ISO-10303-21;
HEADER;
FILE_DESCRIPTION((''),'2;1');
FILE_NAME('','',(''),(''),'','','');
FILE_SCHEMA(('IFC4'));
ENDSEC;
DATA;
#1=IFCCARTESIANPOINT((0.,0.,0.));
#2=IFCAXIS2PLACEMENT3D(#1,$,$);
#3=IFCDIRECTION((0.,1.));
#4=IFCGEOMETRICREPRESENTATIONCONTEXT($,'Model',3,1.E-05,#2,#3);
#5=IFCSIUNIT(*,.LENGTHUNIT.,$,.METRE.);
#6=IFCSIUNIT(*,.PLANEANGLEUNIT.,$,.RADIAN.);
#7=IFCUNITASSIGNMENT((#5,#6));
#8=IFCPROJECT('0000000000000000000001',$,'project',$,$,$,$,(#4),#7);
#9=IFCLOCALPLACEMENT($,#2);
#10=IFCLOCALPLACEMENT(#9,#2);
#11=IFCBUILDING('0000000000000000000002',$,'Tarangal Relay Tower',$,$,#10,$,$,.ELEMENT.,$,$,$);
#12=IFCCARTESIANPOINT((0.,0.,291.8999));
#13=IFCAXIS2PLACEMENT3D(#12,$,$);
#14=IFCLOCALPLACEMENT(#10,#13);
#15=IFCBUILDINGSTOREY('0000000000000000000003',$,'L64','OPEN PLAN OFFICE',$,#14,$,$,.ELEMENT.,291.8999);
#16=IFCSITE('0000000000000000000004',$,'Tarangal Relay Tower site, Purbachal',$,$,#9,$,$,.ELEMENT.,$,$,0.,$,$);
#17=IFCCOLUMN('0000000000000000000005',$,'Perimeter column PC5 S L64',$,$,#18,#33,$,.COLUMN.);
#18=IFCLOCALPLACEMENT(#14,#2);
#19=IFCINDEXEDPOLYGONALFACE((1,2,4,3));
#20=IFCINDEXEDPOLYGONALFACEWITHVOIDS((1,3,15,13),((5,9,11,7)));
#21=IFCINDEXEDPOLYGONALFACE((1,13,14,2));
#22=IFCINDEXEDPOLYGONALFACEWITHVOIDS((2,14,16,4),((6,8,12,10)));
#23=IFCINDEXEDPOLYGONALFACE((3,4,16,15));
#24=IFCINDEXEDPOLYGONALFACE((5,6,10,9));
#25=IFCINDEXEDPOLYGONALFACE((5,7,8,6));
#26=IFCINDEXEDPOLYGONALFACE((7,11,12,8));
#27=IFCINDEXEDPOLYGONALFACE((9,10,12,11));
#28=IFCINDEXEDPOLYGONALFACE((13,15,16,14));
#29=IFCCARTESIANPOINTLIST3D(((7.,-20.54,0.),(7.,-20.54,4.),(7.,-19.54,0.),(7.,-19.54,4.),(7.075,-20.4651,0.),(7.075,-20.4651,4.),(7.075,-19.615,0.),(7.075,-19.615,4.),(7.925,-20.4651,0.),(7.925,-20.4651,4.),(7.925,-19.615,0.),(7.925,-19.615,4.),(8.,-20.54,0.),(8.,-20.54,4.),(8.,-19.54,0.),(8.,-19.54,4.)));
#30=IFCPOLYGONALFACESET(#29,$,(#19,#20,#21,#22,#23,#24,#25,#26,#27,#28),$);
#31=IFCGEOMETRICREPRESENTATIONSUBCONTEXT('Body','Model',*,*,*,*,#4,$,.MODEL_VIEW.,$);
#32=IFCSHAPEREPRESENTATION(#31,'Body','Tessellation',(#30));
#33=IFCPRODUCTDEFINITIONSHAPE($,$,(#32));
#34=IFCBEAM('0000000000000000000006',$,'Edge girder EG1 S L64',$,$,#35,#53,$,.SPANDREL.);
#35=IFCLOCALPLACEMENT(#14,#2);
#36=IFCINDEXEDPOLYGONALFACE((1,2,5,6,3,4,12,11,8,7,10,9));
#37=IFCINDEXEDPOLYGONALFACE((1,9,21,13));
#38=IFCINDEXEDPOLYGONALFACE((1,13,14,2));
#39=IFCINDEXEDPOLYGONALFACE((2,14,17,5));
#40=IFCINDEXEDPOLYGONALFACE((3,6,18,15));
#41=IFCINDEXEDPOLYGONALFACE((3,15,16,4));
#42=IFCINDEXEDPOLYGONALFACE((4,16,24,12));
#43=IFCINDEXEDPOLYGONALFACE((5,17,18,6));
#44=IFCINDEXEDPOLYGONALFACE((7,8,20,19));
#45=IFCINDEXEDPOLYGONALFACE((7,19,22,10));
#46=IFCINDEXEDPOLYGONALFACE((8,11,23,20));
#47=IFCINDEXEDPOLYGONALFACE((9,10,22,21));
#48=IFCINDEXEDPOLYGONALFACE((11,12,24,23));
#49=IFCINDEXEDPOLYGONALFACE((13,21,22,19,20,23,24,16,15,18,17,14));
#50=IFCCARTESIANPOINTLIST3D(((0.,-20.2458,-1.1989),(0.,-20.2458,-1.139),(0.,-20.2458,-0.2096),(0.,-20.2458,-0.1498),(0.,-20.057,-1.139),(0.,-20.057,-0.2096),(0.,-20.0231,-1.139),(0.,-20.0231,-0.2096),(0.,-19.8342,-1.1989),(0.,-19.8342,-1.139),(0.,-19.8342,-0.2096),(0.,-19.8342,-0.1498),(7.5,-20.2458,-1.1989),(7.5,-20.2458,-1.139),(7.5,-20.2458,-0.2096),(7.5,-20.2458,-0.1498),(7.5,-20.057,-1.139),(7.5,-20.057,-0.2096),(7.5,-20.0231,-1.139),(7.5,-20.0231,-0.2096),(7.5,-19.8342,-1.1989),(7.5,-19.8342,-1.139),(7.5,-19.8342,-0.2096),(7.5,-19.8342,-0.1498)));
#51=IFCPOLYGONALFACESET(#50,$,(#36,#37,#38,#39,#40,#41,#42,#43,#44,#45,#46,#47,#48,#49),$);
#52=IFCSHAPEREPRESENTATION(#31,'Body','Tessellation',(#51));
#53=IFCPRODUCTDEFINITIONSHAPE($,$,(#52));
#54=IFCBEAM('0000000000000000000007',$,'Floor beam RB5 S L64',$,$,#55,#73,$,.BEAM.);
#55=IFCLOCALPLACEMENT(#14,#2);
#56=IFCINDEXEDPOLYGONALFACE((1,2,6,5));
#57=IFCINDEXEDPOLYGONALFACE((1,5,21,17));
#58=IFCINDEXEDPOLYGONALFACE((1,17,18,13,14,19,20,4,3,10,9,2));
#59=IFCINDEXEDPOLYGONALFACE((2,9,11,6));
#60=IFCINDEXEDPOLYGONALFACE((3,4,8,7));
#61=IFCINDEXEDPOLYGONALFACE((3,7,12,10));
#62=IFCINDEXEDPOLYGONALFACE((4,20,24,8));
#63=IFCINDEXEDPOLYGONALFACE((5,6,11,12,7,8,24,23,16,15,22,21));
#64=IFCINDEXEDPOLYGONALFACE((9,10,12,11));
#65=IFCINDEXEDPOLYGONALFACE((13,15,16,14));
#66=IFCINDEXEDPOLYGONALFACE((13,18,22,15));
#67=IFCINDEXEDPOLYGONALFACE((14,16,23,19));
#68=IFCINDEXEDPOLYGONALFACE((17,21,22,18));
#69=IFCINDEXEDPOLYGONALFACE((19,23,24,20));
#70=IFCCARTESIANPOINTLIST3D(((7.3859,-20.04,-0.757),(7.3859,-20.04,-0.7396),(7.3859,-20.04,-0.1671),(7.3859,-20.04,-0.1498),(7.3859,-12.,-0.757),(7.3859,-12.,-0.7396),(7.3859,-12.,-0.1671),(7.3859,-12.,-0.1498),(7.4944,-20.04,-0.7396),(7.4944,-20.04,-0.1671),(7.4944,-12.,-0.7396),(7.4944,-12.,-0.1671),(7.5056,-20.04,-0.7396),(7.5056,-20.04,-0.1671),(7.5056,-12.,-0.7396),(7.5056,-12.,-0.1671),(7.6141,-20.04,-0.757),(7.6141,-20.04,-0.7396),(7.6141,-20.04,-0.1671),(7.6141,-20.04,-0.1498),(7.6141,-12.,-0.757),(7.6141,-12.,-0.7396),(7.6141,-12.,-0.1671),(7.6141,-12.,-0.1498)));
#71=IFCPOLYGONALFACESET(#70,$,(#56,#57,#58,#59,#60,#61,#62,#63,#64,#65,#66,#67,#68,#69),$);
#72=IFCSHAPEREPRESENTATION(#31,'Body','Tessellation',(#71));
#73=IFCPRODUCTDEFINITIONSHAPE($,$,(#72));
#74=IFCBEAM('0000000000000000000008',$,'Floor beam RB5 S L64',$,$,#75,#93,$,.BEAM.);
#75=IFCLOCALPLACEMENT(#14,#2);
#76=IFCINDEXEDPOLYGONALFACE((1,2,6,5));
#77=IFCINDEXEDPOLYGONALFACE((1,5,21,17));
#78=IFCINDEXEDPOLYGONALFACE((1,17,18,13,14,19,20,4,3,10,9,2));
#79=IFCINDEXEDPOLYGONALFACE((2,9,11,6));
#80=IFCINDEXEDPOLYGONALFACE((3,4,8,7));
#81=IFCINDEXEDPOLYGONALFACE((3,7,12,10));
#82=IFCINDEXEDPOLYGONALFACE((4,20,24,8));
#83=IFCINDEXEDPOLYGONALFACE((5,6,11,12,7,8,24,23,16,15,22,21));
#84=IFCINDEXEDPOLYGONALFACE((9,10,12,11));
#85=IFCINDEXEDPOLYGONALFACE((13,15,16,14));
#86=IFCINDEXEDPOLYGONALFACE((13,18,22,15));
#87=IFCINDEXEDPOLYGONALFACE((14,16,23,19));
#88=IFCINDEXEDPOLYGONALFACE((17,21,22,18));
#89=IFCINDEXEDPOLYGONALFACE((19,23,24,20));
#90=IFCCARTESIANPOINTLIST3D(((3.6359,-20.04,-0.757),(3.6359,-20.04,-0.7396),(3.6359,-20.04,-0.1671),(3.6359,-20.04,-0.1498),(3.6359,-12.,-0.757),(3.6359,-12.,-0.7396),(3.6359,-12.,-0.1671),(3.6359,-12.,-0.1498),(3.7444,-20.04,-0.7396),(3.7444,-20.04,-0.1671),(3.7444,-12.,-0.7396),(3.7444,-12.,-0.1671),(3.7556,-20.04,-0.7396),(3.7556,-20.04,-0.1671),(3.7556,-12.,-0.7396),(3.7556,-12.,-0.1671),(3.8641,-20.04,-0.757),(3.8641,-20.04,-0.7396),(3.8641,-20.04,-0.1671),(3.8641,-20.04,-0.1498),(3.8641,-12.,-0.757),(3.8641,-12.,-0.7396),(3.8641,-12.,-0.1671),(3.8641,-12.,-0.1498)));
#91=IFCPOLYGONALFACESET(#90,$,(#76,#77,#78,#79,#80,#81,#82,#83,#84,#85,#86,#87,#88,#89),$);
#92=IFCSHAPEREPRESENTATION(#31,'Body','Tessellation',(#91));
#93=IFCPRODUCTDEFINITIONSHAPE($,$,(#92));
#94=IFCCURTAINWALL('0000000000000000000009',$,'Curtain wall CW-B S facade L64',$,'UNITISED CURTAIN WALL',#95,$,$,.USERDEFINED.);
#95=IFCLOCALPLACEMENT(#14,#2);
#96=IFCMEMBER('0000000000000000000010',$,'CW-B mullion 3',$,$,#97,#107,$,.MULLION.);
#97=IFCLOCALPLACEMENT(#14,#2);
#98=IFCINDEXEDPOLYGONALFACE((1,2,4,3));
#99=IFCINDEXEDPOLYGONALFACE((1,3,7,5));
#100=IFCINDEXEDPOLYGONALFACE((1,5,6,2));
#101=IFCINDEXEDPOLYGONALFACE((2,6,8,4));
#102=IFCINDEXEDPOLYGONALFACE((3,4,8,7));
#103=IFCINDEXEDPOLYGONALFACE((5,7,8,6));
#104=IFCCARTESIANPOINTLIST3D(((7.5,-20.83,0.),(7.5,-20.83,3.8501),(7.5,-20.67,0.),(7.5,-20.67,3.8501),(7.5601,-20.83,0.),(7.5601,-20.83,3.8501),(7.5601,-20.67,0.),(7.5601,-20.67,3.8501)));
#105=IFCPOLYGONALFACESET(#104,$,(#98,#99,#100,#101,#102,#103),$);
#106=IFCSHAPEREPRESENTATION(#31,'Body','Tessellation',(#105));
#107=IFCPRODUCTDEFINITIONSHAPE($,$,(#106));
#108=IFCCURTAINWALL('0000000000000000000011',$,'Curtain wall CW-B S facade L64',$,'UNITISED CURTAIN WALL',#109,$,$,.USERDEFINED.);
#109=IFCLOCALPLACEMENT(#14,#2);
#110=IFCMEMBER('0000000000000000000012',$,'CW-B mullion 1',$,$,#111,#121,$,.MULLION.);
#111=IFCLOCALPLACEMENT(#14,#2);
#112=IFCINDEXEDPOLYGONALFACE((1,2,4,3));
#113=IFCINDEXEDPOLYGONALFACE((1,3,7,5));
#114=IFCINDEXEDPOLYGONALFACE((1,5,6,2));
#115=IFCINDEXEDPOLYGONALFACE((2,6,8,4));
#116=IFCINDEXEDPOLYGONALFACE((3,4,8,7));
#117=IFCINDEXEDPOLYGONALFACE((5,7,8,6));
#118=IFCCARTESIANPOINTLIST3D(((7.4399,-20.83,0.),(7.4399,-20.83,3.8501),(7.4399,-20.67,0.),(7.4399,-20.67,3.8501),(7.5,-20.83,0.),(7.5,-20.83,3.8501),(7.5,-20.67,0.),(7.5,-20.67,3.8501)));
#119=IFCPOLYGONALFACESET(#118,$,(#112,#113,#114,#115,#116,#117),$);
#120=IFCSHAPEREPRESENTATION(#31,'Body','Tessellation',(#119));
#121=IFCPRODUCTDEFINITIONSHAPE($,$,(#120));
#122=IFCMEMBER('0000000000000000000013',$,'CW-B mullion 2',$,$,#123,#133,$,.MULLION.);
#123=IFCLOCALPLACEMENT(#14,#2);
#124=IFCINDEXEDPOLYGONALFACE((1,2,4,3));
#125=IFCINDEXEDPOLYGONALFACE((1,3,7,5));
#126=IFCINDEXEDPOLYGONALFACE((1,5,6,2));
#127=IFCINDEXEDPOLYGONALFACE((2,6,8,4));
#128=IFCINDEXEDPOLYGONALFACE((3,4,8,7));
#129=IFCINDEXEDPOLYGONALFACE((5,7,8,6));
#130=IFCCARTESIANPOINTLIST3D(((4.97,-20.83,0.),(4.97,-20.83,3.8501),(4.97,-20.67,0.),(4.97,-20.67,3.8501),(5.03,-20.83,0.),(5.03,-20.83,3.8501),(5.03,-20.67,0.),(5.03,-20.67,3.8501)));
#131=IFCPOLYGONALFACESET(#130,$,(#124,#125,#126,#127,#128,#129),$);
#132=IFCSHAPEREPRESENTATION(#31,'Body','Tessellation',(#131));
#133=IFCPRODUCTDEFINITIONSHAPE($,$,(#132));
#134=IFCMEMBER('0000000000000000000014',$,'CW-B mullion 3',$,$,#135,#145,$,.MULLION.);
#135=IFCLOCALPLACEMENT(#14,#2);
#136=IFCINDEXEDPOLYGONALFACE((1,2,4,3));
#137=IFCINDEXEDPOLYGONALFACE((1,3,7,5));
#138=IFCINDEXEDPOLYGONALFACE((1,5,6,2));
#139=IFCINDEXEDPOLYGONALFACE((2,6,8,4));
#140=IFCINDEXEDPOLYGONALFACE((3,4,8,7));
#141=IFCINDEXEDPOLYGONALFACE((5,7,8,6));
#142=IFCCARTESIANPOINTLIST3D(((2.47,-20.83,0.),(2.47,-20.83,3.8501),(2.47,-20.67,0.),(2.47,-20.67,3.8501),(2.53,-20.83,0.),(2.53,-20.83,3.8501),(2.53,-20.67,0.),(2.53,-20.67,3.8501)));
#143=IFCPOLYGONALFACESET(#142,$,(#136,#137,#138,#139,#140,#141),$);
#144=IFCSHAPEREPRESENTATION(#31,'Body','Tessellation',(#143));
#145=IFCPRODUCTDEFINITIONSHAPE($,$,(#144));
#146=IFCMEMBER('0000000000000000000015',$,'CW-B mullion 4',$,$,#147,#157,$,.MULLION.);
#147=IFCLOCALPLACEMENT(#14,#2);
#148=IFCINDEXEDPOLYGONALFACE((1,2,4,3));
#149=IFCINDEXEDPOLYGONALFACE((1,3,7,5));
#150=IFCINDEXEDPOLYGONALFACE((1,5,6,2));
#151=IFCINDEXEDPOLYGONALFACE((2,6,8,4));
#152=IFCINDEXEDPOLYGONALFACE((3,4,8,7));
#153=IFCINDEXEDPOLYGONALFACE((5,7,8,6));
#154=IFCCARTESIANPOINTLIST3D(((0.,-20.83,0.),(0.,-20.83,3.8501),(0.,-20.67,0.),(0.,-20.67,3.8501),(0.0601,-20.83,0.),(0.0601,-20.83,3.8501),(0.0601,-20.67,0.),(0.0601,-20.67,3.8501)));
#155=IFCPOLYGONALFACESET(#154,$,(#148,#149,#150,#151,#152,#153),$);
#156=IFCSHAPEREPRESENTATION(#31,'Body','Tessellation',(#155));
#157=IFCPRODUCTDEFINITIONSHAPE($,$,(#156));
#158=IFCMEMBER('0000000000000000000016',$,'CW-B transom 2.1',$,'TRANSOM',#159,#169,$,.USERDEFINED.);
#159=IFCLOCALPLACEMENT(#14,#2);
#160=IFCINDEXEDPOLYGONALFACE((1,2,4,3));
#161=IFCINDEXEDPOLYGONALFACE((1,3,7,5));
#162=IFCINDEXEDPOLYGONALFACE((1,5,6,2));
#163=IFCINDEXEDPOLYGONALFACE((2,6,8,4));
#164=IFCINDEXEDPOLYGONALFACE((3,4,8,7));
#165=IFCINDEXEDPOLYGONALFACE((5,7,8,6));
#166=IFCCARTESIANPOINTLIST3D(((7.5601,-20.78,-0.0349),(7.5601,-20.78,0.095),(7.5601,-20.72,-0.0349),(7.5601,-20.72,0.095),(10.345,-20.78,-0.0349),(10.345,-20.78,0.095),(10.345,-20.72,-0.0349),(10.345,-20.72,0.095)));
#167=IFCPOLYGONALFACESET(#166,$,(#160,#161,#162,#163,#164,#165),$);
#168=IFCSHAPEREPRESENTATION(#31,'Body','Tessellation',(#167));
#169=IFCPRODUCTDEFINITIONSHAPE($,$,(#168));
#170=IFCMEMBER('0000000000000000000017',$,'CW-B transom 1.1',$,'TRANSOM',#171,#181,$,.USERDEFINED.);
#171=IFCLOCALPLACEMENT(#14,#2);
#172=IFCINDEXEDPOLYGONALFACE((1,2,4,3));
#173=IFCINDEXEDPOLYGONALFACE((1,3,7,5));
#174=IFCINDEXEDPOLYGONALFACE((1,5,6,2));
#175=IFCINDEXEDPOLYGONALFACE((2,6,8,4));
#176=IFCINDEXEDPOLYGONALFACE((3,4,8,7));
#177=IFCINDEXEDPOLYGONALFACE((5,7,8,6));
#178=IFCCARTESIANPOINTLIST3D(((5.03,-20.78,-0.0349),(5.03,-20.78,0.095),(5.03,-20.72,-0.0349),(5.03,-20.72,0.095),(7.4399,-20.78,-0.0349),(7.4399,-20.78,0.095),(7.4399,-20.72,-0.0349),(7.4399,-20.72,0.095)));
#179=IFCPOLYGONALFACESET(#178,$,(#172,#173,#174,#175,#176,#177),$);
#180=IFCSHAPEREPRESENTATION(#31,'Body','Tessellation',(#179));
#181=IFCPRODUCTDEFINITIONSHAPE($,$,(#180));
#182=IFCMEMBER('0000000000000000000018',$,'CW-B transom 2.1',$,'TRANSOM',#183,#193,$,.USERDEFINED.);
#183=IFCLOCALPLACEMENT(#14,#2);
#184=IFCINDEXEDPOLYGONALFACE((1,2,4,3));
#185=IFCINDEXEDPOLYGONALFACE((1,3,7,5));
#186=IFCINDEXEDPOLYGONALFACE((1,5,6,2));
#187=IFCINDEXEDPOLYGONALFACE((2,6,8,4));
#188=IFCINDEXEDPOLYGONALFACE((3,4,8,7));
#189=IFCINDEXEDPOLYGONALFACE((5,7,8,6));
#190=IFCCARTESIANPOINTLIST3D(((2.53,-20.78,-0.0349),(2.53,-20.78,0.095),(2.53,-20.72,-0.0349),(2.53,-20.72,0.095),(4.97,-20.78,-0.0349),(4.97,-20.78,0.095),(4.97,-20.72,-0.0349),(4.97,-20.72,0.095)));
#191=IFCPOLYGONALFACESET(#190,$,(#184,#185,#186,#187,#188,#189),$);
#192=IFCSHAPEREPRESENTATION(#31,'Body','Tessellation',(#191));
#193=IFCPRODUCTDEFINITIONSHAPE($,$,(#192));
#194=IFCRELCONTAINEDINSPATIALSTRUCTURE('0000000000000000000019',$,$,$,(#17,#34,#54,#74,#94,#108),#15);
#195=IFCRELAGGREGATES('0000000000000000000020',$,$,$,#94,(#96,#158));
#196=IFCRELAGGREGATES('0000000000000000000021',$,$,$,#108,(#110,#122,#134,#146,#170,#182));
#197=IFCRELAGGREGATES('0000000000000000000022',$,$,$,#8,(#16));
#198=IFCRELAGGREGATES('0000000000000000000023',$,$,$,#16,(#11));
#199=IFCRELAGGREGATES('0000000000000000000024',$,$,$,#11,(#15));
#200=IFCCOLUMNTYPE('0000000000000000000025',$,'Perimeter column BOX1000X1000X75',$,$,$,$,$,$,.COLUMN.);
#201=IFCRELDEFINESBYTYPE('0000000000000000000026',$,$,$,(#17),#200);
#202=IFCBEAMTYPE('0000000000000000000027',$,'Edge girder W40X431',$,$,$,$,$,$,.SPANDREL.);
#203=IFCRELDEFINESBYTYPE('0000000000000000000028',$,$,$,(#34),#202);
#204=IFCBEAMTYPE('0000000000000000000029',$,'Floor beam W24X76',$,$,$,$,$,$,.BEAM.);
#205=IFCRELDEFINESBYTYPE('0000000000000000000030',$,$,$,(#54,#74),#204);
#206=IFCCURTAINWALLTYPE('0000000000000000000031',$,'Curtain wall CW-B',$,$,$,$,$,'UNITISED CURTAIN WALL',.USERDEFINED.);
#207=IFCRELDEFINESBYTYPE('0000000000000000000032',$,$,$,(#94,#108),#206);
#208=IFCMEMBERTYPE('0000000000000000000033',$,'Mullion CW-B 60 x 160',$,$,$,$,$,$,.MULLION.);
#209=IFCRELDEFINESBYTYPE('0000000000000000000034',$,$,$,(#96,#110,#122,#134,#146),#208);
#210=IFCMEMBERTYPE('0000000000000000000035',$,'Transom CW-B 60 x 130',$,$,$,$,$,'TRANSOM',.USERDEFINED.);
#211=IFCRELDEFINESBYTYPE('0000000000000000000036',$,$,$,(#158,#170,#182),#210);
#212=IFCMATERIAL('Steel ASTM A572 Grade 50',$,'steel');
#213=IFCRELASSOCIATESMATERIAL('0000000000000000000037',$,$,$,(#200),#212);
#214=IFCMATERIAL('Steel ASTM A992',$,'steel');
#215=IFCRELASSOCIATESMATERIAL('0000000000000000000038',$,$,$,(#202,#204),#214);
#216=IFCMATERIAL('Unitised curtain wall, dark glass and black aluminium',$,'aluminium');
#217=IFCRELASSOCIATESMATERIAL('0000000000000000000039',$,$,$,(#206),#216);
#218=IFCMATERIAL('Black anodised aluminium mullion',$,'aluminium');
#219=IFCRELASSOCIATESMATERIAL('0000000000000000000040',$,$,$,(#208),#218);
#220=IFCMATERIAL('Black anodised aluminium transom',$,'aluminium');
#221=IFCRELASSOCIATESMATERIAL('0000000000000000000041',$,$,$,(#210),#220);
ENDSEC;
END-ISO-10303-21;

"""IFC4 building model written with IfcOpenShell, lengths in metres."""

from ifc_helpers import new_model, si_unit, direction, frame, origin, origin_2d, place, context, subcontext, project, spatial, rectangle, hollow_rectangle, i_section, extrude, material, material_profile, profile_set, type_object, element, aggregate, save


model = new_model("IFC4")

# Units and contexts
model_context = context("Model", 3, precision=1e-05, world=origin(), true_north=direction((0.0, 1.0)))
body_context = subcontext(model_context, "Body", "Model", "MODEL_VIEW")
ifc_project = project(units=[si_unit("LENGTHUNIT", "METRE"), si_unit("PLANEANGLEUNIT", "RADIAN")], contexts=[model_context])

# Site, building, storey
site_placement = place(None, origin())
site = spatial("IfcSite", under=ifc_project, at=site_placement, Name="Tarangal Relay Tower site, Purbachal", CompositionType="ELEMENT", RefElevation=0.0)
building_placement = place(site_placement, origin())
building = spatial("IfcBuilding", under=site, at=building_placement, Name="Tarangal Relay Tower", CompositionType="ELEMENT")
storey_placement = place(building_placement, frame((0.0, 0.0, 291.8999)))
storey = spatial("IfcBuildingStorey", under=building, at=storey_placement, Name="L64", Description="OPEN PLAN OFFICE", CompositionType="ELEMENT", Elevation=291.8999)

# Column
ifc_material_1 = material(Name="Steel ASTM A572 Grade 50", Category="steel")
ifc_material_profile_1 = material_profile(ifc_material_1, hollow_rectangle(XDim=1.0, YDim=1.0, WallThickness=0.075, at=origin_2d()), Name="BOX1000X1000X75")
ifc_profile_set_1 = profile_set([ifc_material_profile_1], Name="Steel ASTM A572 Grade 50")
column_type = type_object("IfcColumnType", Name="Perimeter column BOX1000X1000X75", PredefinedType="COLUMN", material=ifc_profile_set_1)
column_placement = place(storey_placement, frame((7.5, -20.04, 0.0), z_axis=(0.0, 0.0, 1.0), x_axis=(1.0, 0.0, 0.0)))
element("IfcColumn", 1, at=column_placement, inside=storey, type_object=column_type, Name="Perimeter column PC5 S L64", PredefinedType="COLUMN", context=body_context, shape_type="SweptSolid", body=[
    extrude(hollow_rectangle(XDim=1.0, YDim=1.0, WallThickness=0.075, at=origin_2d()), origin(), (0.0, 0.0, 1.0), 4.0),
])

# Beams
ifc_material_2 = material(Name="Steel ASTM A992", Category="steel")
ifc_material_profile_2 = material_profile(ifc_material_2, i_section(OverallWidth=0.4116, OverallDepth=1.0491, WebThickness=0.0339, FlangeThickness=0.0598, at=origin_2d()), Name="W40X431")
ifc_profile_set_2 = profile_set([ifc_material_profile_2], Name="Steel ASTM A992")
beam_type_1 = type_object("IfcBeamType", Name="Edge girder W40X431", PredefinedType="SPANDREL", material=ifc_profile_set_2)
beam_placement = place(storey_placement, frame((7.5, -20.04, -0.6743), z_axis=(-1.0, 0.0, 0.0), x_axis=(0.0, -1.0, 0.0)))
element("IfcBeam", 2, at=beam_placement, inside=storey, type_object=beam_type_1, Name="Edge girder EG1 S L64", PredefinedType="SPANDREL", context=body_context, shape_type="SweptSolid", body=[
    extrude(i_section(OverallWidth=0.4116, OverallDepth=1.0491, WebThickness=0.0339, FlangeThickness=0.0598, at=origin_2d()), origin(), (0.0, 0.0, 1.0), 7.5),
])
ifc_material_profile_3 = material_profile(ifc_material_2, i_section(OverallWidth=0.2283, OverallDepth=0.6072, WebThickness=0.0112, FlangeThickness=0.0173, at=origin_2d()), Name="W24X76")
ifc_profile_set_3 = profile_set([ifc_material_profile_3], Name="Steel ASTM A992")
beam_type_2 = type_object("IfcBeamType", Name="Floor beam W24X76", PredefinedType="BEAM", material=ifc_profile_set_3)
for number, where, z_axis, x_axis, name in (
    (3, (7.5, -12.0, -0.4534), (0.0, -1.0, 0.0), (1.0, 0.0, 0.0), "Floor beam RB5 S L64"),
    (4, (3.75, -12.0, -0.4534), (0.0, -1.0, 0.0), (1.0, 0.0, 0.0), "Floor beam RB5 S L64"),
):
    element("IfcBeam", number, at=place(storey_placement, frame(where, z_axis=z_axis, x_axis=x_axis)), inside=storey, type_object=beam_type_2, Name=name, PredefinedType="BEAM", context=body_context, shape_type="SweptSolid", body=[
        extrude(i_section(OverallWidth=0.2283, OverallDepth=0.6072, WebThickness=0.0112, FlangeThickness=0.0173, at=origin_2d()), origin(), (0.0, 0.0, 1.0), 8.04),
    ])

# Curtain wall, member
ifc_material_3 = material(Name="Unitised curtain wall, dark glass and black aluminium", Category="aluminium")
curtain_wall_type = type_object("IfcCurtainWallType", Name="Curtain wall CW-B", ElementType="UNITISED CURTAIN WALL", PredefinedType="USERDEFINED", material=ifc_material_3)
curtain_wall_1_placement = place(storey_placement, origin())
curtain_wall_1 = element("IfcCurtainWall", 5, at=curtain_wall_1_placement, inside=storey, type_object=curtain_wall_type, Name="Curtain wall CW-B S facade L64", ObjectType="UNITISED CURTAIN WALL", PredefinedType="USERDEFINED")
ifc_material_4 = material(Name="Black anodised aluminium mullion", Category="aluminium")
ifc_material_profile_4 = material_profile(ifc_material_4, rectangle(XDim=0.1599, YDim=0.0601, at=origin_2d()), Name="CW-BM 60X160")
ifc_profile_set_4 = profile_set([ifc_material_profile_4], Name="Black anodised aluminium mullion")
member_type_1 = type_object("IfcMemberType", Name="Mullion CW-B 60 x 160", PredefinedType="MULLION", material=ifc_profile_set_4)
member_1_placement = place(storey_placement, frame((7.53, -20.75, 0.0), z_axis=(0.0, 0.0, 1.0), x_axis=(0.0, -1.0, 0.0)))
member_1 = element("IfcMember", 6, at=member_1_placement, type_object=member_type_1, Name="CW-B mullion 3", PredefinedType="MULLION", context=body_context, shape_type="SweptSolid", body=[
    extrude(rectangle(XDim=0.1599, YDim=0.0601, at=origin_2d()), origin(), (0.0, 0.0, 1.0), 3.8501),
])

# Curtain wall, members
curtain_wall_2_placement = place(storey_placement, origin())
curtain_wall_2 = element("IfcCurtainWall", 7, at=curtain_wall_2_placement, inside=storey, type_object=curtain_wall_type, Name="Curtain wall CW-B S facade L64", ObjectType="UNITISED CURTAIN WALL", PredefinedType="USERDEFINED")
member_2_placement = place(storey_placement, frame((7.47, -20.75, 0.0), z_axis=(0.0, 0.0, 1.0), x_axis=(0.0, -1.0, 0.0)))
member_2 = element("IfcMember", 8, at=member_2_placement, type_object=member_type_1, Name="CW-B mullion 1", PredefinedType="MULLION", context=body_context, shape_type="SweptSolid", body=[
    extrude(rectangle(XDim=0.1599, YDim=0.0601, at=origin_2d()), origin(), (0.0, 0.0, 1.0), 3.8501),
])
member_3_placement = place(storey_placement, frame((5.0, -20.75, 0.0), z_axis=(0.0, 0.0, 1.0), x_axis=(0.0, -1.0, 0.0)))
member_3 = element("IfcMember", 9, at=member_3_placement, type_object=member_type_1, Name="CW-B mullion 2", PredefinedType="MULLION", context=body_context, shape_type="SweptSolid", body=[
    extrude(rectangle(XDim=0.1599, YDim=0.0601, at=origin_2d()), origin(), (0.0, 0.0, 1.0), 3.8501),
])
member_4_placement = place(storey_placement, frame((2.5, -20.75, 0.0), z_axis=(0.0, 0.0, 1.0), x_axis=(0.0, -1.0, 0.0)))
member_4 = element("IfcMember", 10, at=member_4_placement, type_object=member_type_1, Name="CW-B mullion 3", PredefinedType="MULLION", context=body_context, shape_type="SweptSolid", body=[
    extrude(rectangle(XDim=0.1599, YDim=0.0601, at=origin_2d()), origin(), (0.0, 0.0, 1.0), 3.8501),
])
member_5_placement = place(storey_placement, frame((0.03, -20.75, 0.0), z_axis=(0.0, 0.0, 1.0), x_axis=(0.0, -1.0, 0.0)))
member_5 = element("IfcMember", 11, at=member_5_placement, type_object=member_type_1, Name="CW-B mullion 4", PredefinedType="MULLION", context=body_context, shape_type="SweptSolid", body=[
    extrude(rectangle(XDim=0.1599, YDim=0.0601, at=origin_2d()), origin(), (0.0, 0.0, 1.0), 3.8501),
])

# Members
ifc_material_5 = material(Name="Black anodised aluminium transom", Category="aluminium")
ifc_material_profile_5 = material_profile(ifc_material_5, rectangle(XDim=0.0601, YDim=0.1299, at=origin_2d()), Name="CW-BT 60X130")
ifc_profile_set_5 = profile_set([ifc_material_profile_5], Name="Black anodised aluminium transom")
member_type_2 = type_object("IfcMemberType", Name="Transom CW-B 60 x 130", ElementType="TRANSOM", PredefinedType="USERDEFINED", material=ifc_profile_set_5)
member_6_placement = place(storey_placement, frame((10.345, -20.75, 0.03), z_axis=(-1.0, 0.0, 0.0), x_axis=(0.0, -1.0, 0.0)))
member_6 = element("IfcMember", 12, at=member_6_placement, type_object=member_type_2, Name="CW-B transom 2.1", ObjectType="TRANSOM", PredefinedType="USERDEFINED", context=body_context, shape_type="SweptSolid", body=[
    extrude(rectangle(XDim=0.0601, YDim=0.1299, at=origin_2d()), origin(), (0.0, 0.0, 1.0), 2.7849),
])
member_7_placement = place(storey_placement, frame((7.4399, -20.75, 0.03), z_axis=(-1.0, 0.0, 0.0), x_axis=(0.0, -1.0, 0.0)))
member_7 = element("IfcMember", 13, at=member_7_placement, type_object=member_type_2, Name="CW-B transom 1.1", ObjectType="TRANSOM", PredefinedType="USERDEFINED", context=body_context, shape_type="SweptSolid", body=[
    extrude(rectangle(XDim=0.0601, YDim=0.1299, at=origin_2d()), origin(), (0.0, 0.0, 1.0), 2.4099),
])
member_8_placement = place(storey_placement, frame((4.97, -20.75, 0.03), z_axis=(-1.0, 0.0, 0.0), x_axis=(0.0, -1.0, 0.0)))
member_8 = element("IfcMember", 14, at=member_8_placement, type_object=member_type_2, Name="CW-B transom 2.1", ObjectType="TRANSOM", PredefinedType="USERDEFINED", context=body_context, shape_type="SweptSolid", body=[
    extrude(rectangle(XDim=0.0601, YDim=0.1299, at=origin_2d()), origin(), (0.0, 0.0, 1.0), 2.4399),
])

aggregate(curtain_wall_1, [member_1, member_6])
aggregate(curtain_wall_2, [member_2, member_3, member_4, member_5, member_7, member_8])

save(model, "model.ifc")
